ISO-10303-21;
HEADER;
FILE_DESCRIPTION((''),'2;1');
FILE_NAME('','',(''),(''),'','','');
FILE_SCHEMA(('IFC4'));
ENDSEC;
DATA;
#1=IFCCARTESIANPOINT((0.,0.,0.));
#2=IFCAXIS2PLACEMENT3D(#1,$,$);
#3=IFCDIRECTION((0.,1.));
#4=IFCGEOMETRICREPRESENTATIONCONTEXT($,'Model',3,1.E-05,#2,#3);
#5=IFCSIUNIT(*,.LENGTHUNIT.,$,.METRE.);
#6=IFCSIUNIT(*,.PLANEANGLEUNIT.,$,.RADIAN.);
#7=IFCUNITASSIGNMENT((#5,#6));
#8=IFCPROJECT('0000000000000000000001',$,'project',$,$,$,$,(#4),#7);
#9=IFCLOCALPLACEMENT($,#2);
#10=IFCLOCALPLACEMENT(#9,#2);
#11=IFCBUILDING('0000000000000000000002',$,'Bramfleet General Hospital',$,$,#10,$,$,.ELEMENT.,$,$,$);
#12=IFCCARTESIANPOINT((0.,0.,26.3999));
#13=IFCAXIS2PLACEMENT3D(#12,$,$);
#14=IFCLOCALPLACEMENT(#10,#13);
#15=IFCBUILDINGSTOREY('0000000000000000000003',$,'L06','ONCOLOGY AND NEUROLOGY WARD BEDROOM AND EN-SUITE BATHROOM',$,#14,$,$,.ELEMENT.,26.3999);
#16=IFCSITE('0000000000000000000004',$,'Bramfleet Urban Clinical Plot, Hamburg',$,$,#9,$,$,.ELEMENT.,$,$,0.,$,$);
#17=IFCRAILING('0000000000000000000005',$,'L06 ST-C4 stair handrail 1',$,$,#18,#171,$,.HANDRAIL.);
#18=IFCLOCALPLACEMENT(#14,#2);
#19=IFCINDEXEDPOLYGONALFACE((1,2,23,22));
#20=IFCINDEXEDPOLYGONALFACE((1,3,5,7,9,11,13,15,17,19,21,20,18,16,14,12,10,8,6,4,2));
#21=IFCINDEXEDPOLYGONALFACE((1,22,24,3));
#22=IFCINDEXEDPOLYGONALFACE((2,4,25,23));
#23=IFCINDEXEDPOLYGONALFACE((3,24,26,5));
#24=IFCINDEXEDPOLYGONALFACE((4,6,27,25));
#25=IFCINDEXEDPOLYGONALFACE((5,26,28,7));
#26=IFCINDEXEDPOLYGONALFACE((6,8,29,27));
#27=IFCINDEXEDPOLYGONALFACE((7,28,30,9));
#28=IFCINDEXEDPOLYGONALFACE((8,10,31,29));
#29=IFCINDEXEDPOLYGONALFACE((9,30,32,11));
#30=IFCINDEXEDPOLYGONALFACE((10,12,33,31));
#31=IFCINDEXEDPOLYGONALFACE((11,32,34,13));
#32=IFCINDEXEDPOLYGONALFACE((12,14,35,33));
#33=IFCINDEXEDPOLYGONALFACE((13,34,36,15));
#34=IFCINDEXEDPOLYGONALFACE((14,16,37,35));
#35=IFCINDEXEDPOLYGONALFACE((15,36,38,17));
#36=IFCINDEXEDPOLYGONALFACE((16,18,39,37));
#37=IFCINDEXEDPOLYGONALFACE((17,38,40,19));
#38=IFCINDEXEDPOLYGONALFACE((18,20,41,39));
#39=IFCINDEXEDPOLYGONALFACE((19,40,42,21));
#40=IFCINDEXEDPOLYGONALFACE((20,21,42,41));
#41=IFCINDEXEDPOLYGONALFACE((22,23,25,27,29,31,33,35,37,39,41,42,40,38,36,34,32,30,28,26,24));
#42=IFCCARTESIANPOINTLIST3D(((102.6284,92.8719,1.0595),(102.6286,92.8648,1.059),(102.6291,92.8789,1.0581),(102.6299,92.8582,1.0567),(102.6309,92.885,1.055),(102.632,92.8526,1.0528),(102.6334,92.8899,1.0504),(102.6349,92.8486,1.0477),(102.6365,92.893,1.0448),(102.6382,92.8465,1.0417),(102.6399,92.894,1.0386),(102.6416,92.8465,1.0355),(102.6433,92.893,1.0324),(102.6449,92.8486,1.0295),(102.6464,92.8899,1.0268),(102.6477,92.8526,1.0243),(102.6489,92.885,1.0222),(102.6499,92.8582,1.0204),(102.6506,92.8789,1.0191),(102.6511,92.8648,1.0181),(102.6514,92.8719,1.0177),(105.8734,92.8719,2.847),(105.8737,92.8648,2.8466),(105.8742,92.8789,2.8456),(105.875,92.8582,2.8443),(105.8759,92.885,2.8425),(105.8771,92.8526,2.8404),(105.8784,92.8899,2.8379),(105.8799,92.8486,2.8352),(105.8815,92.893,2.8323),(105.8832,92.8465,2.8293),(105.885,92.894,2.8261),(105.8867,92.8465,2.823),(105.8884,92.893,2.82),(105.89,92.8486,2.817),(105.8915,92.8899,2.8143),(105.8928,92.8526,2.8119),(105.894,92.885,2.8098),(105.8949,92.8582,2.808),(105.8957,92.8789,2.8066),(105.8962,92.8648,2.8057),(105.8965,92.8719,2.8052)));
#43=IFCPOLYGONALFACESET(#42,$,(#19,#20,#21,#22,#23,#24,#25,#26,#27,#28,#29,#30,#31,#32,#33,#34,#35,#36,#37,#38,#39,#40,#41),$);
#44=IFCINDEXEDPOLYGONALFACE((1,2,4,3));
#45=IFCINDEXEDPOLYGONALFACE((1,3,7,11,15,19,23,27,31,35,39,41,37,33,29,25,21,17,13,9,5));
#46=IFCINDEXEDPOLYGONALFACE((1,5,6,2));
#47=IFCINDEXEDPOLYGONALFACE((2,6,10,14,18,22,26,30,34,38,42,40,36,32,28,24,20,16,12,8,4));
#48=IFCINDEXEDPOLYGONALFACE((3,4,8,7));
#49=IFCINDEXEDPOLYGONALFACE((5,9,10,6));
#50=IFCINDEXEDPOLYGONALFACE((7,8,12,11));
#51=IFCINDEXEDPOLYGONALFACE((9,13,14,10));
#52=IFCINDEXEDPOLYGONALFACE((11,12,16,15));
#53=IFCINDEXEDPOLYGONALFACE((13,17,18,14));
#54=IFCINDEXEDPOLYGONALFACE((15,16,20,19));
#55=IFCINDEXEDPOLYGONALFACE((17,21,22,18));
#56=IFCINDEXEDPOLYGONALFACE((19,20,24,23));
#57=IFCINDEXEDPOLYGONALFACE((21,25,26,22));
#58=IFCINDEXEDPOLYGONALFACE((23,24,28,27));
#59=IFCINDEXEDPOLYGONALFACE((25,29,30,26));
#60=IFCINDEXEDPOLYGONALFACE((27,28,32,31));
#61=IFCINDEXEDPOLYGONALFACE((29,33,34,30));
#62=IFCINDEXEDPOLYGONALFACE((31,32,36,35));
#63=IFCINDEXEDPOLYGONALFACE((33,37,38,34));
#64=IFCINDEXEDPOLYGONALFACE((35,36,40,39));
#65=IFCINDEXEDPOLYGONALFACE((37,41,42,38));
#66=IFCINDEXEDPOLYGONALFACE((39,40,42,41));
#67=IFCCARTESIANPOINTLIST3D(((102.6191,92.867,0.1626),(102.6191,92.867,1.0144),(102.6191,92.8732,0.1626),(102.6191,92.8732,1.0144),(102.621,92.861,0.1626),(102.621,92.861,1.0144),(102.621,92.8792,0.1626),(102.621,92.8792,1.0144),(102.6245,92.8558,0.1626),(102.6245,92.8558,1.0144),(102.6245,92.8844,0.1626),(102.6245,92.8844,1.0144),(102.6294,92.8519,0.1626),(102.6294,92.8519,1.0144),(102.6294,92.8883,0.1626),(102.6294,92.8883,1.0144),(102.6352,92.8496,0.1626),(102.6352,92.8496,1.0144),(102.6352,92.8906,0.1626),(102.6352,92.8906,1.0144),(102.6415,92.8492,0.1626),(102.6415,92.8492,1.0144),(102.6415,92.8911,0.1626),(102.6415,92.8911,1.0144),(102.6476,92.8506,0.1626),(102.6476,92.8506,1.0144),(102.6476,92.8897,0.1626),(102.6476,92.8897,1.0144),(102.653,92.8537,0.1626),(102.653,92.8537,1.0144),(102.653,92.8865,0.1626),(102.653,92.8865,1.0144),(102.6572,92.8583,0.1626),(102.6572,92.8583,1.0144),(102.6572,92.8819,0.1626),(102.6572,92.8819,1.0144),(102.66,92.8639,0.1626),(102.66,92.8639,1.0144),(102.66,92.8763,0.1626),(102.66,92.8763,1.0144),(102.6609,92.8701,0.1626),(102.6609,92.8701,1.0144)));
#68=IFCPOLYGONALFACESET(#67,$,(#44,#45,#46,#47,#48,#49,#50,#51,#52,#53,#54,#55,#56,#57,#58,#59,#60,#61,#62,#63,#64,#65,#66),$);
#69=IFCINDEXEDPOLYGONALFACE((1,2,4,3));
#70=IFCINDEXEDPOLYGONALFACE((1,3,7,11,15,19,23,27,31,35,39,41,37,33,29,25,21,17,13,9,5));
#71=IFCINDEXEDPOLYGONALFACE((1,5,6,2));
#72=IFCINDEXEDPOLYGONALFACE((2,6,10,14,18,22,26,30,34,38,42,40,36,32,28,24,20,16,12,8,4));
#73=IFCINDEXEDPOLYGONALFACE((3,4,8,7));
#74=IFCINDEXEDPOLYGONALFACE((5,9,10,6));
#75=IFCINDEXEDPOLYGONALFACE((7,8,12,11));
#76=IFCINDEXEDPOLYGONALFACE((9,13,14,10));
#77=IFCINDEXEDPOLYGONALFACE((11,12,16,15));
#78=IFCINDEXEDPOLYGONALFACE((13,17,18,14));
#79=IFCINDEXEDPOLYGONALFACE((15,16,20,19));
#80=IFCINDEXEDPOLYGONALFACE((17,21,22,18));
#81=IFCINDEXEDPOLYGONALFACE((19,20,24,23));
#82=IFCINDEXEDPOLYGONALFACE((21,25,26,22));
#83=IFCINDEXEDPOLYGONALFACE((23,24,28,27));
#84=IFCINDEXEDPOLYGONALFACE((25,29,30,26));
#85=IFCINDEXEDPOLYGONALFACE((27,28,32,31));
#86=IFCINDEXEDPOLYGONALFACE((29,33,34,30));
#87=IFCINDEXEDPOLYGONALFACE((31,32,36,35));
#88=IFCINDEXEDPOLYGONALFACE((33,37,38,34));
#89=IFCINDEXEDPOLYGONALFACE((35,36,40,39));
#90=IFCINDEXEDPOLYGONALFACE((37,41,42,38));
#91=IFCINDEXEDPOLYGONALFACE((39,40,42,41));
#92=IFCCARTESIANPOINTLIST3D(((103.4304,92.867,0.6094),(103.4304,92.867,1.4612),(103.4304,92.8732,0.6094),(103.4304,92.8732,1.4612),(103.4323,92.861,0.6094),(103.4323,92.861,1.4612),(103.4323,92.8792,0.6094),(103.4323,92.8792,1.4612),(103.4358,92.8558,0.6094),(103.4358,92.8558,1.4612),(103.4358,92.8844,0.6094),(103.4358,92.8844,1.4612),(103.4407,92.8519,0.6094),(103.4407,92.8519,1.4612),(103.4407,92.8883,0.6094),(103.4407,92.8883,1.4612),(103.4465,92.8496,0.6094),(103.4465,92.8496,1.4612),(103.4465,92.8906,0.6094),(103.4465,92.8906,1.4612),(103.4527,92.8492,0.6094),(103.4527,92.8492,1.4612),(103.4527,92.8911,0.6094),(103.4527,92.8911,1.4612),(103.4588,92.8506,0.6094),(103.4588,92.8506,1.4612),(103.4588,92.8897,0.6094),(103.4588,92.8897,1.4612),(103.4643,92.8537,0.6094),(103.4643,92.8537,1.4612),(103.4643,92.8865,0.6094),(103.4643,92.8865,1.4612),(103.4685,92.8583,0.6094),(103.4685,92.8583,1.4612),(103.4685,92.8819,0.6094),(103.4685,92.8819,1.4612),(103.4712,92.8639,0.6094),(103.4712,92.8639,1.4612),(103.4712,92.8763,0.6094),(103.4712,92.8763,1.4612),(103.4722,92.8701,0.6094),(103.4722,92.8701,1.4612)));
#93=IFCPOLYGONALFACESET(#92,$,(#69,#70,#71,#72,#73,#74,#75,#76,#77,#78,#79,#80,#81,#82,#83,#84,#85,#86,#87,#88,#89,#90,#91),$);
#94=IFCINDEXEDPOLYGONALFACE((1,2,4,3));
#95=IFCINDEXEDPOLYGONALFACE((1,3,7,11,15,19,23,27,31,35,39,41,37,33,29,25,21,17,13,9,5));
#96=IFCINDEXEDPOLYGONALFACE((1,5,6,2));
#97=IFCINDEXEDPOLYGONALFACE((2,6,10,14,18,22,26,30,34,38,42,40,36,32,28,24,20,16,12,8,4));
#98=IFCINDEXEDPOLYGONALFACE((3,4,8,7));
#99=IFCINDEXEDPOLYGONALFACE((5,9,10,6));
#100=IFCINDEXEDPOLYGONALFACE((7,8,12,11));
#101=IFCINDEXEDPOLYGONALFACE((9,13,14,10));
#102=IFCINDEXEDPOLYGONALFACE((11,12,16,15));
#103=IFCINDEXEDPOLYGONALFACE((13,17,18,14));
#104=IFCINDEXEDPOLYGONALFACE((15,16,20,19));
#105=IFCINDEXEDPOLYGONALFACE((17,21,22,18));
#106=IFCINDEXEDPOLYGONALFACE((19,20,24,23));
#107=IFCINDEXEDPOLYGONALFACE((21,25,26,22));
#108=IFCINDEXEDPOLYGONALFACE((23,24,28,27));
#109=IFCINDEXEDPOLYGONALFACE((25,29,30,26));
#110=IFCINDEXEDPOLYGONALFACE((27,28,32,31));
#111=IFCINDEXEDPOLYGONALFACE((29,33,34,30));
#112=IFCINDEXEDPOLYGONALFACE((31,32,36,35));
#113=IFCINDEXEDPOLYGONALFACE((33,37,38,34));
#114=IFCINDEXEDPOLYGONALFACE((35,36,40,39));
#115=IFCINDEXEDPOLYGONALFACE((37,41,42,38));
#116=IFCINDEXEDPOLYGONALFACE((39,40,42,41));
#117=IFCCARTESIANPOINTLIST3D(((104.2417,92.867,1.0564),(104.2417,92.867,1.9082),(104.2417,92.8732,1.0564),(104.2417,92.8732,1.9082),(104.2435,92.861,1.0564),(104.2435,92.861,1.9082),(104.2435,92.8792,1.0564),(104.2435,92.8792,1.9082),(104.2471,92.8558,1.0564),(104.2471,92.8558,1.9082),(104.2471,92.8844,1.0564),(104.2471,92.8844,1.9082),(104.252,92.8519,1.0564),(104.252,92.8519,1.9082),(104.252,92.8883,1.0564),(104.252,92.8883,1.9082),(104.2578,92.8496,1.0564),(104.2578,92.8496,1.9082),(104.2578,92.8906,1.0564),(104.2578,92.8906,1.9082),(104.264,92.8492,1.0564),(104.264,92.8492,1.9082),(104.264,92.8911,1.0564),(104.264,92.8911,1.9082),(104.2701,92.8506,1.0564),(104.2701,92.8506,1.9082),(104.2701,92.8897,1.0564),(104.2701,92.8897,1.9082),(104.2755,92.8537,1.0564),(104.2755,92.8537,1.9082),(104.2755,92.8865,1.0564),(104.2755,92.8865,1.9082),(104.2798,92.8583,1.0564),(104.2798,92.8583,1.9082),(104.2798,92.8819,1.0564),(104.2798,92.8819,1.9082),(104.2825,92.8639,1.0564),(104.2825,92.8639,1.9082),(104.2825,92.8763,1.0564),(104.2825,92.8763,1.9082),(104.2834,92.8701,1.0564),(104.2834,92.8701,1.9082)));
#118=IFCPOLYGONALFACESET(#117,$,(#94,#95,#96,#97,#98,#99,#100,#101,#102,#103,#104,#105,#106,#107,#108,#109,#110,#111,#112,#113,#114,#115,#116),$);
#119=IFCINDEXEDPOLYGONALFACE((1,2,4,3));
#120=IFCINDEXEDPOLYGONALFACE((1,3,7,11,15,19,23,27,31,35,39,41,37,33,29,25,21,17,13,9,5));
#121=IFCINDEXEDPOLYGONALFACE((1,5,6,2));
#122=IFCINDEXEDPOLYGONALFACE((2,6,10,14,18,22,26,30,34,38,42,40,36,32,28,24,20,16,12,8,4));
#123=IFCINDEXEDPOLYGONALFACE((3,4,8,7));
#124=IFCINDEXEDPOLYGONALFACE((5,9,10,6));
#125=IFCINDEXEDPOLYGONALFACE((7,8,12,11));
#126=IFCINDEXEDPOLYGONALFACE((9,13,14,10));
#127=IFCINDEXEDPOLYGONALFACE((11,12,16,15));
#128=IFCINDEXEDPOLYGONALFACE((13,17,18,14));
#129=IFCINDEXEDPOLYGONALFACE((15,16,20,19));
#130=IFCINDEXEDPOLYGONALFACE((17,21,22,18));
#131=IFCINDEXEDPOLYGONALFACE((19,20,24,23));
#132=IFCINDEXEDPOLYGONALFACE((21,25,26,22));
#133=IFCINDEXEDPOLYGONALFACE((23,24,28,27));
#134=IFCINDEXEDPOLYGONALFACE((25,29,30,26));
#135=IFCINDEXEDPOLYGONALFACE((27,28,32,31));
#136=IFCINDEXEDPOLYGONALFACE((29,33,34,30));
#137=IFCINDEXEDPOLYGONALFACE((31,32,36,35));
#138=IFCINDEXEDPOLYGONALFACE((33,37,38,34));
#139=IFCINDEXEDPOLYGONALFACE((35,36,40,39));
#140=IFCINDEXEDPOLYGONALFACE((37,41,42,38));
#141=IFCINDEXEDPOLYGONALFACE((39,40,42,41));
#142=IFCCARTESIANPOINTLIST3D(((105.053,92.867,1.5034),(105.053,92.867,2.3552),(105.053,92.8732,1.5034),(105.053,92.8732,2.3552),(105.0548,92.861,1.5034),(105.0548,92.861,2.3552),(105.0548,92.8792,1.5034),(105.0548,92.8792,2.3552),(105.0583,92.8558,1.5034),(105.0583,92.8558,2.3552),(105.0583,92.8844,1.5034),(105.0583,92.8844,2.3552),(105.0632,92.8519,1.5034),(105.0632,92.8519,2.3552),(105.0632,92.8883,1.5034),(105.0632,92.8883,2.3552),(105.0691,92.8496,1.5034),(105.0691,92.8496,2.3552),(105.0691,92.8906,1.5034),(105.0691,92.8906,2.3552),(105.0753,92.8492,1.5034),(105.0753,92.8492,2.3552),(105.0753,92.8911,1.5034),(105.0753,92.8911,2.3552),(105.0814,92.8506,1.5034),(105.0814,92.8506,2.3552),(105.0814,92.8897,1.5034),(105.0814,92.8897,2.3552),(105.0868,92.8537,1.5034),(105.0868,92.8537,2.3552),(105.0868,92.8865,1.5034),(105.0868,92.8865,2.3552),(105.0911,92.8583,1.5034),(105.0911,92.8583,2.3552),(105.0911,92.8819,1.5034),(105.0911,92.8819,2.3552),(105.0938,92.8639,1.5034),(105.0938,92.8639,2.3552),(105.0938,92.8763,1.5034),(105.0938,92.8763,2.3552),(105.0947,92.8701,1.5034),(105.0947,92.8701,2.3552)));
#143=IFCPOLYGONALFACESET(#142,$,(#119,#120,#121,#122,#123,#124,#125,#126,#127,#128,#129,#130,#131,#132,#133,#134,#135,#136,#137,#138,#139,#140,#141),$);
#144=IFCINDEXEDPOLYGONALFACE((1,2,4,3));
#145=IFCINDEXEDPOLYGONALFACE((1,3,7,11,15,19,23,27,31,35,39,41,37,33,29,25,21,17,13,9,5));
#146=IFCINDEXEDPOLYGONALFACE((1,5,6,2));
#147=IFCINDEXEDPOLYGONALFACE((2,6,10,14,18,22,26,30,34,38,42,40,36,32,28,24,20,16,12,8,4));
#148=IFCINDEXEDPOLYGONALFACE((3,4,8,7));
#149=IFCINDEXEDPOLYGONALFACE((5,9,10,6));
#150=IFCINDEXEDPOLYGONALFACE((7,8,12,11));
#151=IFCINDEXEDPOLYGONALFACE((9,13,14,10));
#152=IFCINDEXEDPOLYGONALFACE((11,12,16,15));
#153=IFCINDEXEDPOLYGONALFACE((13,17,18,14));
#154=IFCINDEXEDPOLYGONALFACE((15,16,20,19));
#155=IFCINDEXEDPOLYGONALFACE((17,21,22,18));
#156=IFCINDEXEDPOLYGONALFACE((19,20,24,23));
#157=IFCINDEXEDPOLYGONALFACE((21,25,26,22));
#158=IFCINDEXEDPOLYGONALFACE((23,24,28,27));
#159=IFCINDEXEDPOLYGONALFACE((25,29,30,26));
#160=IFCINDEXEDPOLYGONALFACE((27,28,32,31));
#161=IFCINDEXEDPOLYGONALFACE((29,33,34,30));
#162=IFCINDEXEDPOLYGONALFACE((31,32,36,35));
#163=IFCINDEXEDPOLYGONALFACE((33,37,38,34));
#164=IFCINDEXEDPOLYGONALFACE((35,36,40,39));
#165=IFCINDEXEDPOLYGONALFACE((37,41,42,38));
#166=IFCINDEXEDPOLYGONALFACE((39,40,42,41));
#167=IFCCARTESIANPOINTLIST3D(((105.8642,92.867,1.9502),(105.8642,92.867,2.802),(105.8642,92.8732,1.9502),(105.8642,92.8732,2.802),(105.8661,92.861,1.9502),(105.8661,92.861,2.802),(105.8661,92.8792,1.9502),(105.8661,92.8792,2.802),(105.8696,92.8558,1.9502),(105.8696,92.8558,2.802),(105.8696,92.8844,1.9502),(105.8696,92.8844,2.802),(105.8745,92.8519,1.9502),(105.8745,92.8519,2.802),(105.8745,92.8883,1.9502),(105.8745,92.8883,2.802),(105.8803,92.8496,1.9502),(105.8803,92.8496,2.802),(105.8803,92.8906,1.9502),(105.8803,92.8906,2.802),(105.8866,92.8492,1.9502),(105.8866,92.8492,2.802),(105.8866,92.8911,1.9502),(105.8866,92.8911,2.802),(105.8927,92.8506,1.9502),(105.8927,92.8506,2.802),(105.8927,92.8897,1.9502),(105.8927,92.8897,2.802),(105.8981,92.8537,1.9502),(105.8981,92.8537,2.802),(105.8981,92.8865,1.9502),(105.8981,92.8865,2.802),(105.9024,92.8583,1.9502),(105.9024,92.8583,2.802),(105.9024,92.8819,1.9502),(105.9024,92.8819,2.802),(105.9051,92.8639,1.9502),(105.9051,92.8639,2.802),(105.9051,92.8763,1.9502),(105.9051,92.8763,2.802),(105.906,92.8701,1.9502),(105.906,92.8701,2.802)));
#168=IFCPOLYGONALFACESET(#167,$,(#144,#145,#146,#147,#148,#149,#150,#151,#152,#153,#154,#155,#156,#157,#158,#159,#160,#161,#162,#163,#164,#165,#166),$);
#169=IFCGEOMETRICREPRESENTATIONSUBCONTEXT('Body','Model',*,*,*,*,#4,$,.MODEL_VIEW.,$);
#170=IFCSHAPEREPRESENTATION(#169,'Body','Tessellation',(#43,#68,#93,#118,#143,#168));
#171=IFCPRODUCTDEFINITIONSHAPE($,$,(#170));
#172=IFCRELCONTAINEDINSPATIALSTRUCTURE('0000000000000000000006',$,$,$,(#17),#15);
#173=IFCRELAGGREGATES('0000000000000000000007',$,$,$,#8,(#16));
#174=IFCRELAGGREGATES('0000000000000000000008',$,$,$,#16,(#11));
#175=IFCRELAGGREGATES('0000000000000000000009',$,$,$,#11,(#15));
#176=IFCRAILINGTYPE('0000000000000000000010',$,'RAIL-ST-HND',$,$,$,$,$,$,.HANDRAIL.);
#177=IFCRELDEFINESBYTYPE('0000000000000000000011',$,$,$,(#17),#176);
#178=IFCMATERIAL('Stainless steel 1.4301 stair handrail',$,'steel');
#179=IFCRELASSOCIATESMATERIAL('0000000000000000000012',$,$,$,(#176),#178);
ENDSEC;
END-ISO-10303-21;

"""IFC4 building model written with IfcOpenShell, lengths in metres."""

from ifc_helpers import new_model, si_unit, direction, frame, origin, origin_2d, place, context, subcontext, project, spatial, circle, extrude, material, type_object, element, save


model = new_model("IFC4")

# Units and contexts
model_context = context("Model", 3, precision=1e-05, world=origin(), true_north=direction((0.0, 1.0)))
body_context = subcontext(model_context, "Body", "Model", "MODEL_VIEW")
ifc_project = project(units=[si_unit("LENGTHUNIT", "METRE"), si_unit("PLANEANGLEUNIT", "RADIAN")], contexts=[model_context])

# Site, building, storey
site_placement = place(None, origin())
site = spatial("IfcSite", under=ifc_project, at=site_placement, Name="Bramfleet Urban Clinical Plot, Hamburg", CompositionType="ELEMENT", RefElevation=0.0)
building_placement = place(site_placement, origin())
building = spatial("IfcBuilding", under=site, at=building_placement, Name="Bramfleet General Hospital", CompositionType="ELEMENT")
storey_placement = place(building_placement, frame((0.0, 0.0, 26.3999)))
storey = spatial("IfcBuildingStorey", under=building, at=storey_placement, Name="L06", Description="ONCOLOGY AND NEUROLOGY WARD BEDROOM AND EN-SUITE BATHROOM", CompositionType="ELEMENT", Elevation=26.3999)

# Railing
ifc_material_1 = material(Name="Stainless steel 1.4301 stair handrail", Category="steel")
railing_type_1 = type_object("IfcRailingType", Name="RAIL-ST-HND", PredefinedType="HANDRAIL", material=ifc_material_1)
railing_1_placement = place(storey_placement, frame((102.6399, 92.8701, 0.1626)))
element("IfcRailing", 1, at=railing_1_placement, inside=storey, type_object=railing_type_1, Name="L06 ST-C4 stair handrail 1", PredefinedType="HANDRAIL", context=body_context, shape_type="SweptSolid", body=[
    extrude(circle(Radius=0.0239, at=origin_2d()), frame((0.0, 0.0, 0.876), z_axis=(0.875899, 0.0, 0.482495), x_axis=(0.0, 1.0, 0.0)), (0.0, 0.0, 1.0), 3.7048),
    extrude(circle(Radius=0.021, at=origin_2d()), origin(), (0.0, 0.0, 1.0), 0.8518),
    extrude(circle(Radius=0.021, at=origin_2d()), frame((0.8113, 0.0, 0.4468)), (0.0, 0.0, 1.0), 0.8518),
    extrude(circle(Radius=0.021, at=origin_2d()), frame((1.6226, 0.0, 0.8938)), (0.0, 0.0, 1.0), 0.8518),
    extrude(circle(Radius=0.021, at=origin_2d()), frame((2.4338, 0.0, 1.3408)), (0.0, 0.0, 1.0), 0.8518),
    extrude(circle(Radius=0.021, at=origin_2d()), frame((3.2451, 0.0, 1.7876)), (0.0, 0.0, 1.0), 0.8518),
])

save(model, "model.ifc")
